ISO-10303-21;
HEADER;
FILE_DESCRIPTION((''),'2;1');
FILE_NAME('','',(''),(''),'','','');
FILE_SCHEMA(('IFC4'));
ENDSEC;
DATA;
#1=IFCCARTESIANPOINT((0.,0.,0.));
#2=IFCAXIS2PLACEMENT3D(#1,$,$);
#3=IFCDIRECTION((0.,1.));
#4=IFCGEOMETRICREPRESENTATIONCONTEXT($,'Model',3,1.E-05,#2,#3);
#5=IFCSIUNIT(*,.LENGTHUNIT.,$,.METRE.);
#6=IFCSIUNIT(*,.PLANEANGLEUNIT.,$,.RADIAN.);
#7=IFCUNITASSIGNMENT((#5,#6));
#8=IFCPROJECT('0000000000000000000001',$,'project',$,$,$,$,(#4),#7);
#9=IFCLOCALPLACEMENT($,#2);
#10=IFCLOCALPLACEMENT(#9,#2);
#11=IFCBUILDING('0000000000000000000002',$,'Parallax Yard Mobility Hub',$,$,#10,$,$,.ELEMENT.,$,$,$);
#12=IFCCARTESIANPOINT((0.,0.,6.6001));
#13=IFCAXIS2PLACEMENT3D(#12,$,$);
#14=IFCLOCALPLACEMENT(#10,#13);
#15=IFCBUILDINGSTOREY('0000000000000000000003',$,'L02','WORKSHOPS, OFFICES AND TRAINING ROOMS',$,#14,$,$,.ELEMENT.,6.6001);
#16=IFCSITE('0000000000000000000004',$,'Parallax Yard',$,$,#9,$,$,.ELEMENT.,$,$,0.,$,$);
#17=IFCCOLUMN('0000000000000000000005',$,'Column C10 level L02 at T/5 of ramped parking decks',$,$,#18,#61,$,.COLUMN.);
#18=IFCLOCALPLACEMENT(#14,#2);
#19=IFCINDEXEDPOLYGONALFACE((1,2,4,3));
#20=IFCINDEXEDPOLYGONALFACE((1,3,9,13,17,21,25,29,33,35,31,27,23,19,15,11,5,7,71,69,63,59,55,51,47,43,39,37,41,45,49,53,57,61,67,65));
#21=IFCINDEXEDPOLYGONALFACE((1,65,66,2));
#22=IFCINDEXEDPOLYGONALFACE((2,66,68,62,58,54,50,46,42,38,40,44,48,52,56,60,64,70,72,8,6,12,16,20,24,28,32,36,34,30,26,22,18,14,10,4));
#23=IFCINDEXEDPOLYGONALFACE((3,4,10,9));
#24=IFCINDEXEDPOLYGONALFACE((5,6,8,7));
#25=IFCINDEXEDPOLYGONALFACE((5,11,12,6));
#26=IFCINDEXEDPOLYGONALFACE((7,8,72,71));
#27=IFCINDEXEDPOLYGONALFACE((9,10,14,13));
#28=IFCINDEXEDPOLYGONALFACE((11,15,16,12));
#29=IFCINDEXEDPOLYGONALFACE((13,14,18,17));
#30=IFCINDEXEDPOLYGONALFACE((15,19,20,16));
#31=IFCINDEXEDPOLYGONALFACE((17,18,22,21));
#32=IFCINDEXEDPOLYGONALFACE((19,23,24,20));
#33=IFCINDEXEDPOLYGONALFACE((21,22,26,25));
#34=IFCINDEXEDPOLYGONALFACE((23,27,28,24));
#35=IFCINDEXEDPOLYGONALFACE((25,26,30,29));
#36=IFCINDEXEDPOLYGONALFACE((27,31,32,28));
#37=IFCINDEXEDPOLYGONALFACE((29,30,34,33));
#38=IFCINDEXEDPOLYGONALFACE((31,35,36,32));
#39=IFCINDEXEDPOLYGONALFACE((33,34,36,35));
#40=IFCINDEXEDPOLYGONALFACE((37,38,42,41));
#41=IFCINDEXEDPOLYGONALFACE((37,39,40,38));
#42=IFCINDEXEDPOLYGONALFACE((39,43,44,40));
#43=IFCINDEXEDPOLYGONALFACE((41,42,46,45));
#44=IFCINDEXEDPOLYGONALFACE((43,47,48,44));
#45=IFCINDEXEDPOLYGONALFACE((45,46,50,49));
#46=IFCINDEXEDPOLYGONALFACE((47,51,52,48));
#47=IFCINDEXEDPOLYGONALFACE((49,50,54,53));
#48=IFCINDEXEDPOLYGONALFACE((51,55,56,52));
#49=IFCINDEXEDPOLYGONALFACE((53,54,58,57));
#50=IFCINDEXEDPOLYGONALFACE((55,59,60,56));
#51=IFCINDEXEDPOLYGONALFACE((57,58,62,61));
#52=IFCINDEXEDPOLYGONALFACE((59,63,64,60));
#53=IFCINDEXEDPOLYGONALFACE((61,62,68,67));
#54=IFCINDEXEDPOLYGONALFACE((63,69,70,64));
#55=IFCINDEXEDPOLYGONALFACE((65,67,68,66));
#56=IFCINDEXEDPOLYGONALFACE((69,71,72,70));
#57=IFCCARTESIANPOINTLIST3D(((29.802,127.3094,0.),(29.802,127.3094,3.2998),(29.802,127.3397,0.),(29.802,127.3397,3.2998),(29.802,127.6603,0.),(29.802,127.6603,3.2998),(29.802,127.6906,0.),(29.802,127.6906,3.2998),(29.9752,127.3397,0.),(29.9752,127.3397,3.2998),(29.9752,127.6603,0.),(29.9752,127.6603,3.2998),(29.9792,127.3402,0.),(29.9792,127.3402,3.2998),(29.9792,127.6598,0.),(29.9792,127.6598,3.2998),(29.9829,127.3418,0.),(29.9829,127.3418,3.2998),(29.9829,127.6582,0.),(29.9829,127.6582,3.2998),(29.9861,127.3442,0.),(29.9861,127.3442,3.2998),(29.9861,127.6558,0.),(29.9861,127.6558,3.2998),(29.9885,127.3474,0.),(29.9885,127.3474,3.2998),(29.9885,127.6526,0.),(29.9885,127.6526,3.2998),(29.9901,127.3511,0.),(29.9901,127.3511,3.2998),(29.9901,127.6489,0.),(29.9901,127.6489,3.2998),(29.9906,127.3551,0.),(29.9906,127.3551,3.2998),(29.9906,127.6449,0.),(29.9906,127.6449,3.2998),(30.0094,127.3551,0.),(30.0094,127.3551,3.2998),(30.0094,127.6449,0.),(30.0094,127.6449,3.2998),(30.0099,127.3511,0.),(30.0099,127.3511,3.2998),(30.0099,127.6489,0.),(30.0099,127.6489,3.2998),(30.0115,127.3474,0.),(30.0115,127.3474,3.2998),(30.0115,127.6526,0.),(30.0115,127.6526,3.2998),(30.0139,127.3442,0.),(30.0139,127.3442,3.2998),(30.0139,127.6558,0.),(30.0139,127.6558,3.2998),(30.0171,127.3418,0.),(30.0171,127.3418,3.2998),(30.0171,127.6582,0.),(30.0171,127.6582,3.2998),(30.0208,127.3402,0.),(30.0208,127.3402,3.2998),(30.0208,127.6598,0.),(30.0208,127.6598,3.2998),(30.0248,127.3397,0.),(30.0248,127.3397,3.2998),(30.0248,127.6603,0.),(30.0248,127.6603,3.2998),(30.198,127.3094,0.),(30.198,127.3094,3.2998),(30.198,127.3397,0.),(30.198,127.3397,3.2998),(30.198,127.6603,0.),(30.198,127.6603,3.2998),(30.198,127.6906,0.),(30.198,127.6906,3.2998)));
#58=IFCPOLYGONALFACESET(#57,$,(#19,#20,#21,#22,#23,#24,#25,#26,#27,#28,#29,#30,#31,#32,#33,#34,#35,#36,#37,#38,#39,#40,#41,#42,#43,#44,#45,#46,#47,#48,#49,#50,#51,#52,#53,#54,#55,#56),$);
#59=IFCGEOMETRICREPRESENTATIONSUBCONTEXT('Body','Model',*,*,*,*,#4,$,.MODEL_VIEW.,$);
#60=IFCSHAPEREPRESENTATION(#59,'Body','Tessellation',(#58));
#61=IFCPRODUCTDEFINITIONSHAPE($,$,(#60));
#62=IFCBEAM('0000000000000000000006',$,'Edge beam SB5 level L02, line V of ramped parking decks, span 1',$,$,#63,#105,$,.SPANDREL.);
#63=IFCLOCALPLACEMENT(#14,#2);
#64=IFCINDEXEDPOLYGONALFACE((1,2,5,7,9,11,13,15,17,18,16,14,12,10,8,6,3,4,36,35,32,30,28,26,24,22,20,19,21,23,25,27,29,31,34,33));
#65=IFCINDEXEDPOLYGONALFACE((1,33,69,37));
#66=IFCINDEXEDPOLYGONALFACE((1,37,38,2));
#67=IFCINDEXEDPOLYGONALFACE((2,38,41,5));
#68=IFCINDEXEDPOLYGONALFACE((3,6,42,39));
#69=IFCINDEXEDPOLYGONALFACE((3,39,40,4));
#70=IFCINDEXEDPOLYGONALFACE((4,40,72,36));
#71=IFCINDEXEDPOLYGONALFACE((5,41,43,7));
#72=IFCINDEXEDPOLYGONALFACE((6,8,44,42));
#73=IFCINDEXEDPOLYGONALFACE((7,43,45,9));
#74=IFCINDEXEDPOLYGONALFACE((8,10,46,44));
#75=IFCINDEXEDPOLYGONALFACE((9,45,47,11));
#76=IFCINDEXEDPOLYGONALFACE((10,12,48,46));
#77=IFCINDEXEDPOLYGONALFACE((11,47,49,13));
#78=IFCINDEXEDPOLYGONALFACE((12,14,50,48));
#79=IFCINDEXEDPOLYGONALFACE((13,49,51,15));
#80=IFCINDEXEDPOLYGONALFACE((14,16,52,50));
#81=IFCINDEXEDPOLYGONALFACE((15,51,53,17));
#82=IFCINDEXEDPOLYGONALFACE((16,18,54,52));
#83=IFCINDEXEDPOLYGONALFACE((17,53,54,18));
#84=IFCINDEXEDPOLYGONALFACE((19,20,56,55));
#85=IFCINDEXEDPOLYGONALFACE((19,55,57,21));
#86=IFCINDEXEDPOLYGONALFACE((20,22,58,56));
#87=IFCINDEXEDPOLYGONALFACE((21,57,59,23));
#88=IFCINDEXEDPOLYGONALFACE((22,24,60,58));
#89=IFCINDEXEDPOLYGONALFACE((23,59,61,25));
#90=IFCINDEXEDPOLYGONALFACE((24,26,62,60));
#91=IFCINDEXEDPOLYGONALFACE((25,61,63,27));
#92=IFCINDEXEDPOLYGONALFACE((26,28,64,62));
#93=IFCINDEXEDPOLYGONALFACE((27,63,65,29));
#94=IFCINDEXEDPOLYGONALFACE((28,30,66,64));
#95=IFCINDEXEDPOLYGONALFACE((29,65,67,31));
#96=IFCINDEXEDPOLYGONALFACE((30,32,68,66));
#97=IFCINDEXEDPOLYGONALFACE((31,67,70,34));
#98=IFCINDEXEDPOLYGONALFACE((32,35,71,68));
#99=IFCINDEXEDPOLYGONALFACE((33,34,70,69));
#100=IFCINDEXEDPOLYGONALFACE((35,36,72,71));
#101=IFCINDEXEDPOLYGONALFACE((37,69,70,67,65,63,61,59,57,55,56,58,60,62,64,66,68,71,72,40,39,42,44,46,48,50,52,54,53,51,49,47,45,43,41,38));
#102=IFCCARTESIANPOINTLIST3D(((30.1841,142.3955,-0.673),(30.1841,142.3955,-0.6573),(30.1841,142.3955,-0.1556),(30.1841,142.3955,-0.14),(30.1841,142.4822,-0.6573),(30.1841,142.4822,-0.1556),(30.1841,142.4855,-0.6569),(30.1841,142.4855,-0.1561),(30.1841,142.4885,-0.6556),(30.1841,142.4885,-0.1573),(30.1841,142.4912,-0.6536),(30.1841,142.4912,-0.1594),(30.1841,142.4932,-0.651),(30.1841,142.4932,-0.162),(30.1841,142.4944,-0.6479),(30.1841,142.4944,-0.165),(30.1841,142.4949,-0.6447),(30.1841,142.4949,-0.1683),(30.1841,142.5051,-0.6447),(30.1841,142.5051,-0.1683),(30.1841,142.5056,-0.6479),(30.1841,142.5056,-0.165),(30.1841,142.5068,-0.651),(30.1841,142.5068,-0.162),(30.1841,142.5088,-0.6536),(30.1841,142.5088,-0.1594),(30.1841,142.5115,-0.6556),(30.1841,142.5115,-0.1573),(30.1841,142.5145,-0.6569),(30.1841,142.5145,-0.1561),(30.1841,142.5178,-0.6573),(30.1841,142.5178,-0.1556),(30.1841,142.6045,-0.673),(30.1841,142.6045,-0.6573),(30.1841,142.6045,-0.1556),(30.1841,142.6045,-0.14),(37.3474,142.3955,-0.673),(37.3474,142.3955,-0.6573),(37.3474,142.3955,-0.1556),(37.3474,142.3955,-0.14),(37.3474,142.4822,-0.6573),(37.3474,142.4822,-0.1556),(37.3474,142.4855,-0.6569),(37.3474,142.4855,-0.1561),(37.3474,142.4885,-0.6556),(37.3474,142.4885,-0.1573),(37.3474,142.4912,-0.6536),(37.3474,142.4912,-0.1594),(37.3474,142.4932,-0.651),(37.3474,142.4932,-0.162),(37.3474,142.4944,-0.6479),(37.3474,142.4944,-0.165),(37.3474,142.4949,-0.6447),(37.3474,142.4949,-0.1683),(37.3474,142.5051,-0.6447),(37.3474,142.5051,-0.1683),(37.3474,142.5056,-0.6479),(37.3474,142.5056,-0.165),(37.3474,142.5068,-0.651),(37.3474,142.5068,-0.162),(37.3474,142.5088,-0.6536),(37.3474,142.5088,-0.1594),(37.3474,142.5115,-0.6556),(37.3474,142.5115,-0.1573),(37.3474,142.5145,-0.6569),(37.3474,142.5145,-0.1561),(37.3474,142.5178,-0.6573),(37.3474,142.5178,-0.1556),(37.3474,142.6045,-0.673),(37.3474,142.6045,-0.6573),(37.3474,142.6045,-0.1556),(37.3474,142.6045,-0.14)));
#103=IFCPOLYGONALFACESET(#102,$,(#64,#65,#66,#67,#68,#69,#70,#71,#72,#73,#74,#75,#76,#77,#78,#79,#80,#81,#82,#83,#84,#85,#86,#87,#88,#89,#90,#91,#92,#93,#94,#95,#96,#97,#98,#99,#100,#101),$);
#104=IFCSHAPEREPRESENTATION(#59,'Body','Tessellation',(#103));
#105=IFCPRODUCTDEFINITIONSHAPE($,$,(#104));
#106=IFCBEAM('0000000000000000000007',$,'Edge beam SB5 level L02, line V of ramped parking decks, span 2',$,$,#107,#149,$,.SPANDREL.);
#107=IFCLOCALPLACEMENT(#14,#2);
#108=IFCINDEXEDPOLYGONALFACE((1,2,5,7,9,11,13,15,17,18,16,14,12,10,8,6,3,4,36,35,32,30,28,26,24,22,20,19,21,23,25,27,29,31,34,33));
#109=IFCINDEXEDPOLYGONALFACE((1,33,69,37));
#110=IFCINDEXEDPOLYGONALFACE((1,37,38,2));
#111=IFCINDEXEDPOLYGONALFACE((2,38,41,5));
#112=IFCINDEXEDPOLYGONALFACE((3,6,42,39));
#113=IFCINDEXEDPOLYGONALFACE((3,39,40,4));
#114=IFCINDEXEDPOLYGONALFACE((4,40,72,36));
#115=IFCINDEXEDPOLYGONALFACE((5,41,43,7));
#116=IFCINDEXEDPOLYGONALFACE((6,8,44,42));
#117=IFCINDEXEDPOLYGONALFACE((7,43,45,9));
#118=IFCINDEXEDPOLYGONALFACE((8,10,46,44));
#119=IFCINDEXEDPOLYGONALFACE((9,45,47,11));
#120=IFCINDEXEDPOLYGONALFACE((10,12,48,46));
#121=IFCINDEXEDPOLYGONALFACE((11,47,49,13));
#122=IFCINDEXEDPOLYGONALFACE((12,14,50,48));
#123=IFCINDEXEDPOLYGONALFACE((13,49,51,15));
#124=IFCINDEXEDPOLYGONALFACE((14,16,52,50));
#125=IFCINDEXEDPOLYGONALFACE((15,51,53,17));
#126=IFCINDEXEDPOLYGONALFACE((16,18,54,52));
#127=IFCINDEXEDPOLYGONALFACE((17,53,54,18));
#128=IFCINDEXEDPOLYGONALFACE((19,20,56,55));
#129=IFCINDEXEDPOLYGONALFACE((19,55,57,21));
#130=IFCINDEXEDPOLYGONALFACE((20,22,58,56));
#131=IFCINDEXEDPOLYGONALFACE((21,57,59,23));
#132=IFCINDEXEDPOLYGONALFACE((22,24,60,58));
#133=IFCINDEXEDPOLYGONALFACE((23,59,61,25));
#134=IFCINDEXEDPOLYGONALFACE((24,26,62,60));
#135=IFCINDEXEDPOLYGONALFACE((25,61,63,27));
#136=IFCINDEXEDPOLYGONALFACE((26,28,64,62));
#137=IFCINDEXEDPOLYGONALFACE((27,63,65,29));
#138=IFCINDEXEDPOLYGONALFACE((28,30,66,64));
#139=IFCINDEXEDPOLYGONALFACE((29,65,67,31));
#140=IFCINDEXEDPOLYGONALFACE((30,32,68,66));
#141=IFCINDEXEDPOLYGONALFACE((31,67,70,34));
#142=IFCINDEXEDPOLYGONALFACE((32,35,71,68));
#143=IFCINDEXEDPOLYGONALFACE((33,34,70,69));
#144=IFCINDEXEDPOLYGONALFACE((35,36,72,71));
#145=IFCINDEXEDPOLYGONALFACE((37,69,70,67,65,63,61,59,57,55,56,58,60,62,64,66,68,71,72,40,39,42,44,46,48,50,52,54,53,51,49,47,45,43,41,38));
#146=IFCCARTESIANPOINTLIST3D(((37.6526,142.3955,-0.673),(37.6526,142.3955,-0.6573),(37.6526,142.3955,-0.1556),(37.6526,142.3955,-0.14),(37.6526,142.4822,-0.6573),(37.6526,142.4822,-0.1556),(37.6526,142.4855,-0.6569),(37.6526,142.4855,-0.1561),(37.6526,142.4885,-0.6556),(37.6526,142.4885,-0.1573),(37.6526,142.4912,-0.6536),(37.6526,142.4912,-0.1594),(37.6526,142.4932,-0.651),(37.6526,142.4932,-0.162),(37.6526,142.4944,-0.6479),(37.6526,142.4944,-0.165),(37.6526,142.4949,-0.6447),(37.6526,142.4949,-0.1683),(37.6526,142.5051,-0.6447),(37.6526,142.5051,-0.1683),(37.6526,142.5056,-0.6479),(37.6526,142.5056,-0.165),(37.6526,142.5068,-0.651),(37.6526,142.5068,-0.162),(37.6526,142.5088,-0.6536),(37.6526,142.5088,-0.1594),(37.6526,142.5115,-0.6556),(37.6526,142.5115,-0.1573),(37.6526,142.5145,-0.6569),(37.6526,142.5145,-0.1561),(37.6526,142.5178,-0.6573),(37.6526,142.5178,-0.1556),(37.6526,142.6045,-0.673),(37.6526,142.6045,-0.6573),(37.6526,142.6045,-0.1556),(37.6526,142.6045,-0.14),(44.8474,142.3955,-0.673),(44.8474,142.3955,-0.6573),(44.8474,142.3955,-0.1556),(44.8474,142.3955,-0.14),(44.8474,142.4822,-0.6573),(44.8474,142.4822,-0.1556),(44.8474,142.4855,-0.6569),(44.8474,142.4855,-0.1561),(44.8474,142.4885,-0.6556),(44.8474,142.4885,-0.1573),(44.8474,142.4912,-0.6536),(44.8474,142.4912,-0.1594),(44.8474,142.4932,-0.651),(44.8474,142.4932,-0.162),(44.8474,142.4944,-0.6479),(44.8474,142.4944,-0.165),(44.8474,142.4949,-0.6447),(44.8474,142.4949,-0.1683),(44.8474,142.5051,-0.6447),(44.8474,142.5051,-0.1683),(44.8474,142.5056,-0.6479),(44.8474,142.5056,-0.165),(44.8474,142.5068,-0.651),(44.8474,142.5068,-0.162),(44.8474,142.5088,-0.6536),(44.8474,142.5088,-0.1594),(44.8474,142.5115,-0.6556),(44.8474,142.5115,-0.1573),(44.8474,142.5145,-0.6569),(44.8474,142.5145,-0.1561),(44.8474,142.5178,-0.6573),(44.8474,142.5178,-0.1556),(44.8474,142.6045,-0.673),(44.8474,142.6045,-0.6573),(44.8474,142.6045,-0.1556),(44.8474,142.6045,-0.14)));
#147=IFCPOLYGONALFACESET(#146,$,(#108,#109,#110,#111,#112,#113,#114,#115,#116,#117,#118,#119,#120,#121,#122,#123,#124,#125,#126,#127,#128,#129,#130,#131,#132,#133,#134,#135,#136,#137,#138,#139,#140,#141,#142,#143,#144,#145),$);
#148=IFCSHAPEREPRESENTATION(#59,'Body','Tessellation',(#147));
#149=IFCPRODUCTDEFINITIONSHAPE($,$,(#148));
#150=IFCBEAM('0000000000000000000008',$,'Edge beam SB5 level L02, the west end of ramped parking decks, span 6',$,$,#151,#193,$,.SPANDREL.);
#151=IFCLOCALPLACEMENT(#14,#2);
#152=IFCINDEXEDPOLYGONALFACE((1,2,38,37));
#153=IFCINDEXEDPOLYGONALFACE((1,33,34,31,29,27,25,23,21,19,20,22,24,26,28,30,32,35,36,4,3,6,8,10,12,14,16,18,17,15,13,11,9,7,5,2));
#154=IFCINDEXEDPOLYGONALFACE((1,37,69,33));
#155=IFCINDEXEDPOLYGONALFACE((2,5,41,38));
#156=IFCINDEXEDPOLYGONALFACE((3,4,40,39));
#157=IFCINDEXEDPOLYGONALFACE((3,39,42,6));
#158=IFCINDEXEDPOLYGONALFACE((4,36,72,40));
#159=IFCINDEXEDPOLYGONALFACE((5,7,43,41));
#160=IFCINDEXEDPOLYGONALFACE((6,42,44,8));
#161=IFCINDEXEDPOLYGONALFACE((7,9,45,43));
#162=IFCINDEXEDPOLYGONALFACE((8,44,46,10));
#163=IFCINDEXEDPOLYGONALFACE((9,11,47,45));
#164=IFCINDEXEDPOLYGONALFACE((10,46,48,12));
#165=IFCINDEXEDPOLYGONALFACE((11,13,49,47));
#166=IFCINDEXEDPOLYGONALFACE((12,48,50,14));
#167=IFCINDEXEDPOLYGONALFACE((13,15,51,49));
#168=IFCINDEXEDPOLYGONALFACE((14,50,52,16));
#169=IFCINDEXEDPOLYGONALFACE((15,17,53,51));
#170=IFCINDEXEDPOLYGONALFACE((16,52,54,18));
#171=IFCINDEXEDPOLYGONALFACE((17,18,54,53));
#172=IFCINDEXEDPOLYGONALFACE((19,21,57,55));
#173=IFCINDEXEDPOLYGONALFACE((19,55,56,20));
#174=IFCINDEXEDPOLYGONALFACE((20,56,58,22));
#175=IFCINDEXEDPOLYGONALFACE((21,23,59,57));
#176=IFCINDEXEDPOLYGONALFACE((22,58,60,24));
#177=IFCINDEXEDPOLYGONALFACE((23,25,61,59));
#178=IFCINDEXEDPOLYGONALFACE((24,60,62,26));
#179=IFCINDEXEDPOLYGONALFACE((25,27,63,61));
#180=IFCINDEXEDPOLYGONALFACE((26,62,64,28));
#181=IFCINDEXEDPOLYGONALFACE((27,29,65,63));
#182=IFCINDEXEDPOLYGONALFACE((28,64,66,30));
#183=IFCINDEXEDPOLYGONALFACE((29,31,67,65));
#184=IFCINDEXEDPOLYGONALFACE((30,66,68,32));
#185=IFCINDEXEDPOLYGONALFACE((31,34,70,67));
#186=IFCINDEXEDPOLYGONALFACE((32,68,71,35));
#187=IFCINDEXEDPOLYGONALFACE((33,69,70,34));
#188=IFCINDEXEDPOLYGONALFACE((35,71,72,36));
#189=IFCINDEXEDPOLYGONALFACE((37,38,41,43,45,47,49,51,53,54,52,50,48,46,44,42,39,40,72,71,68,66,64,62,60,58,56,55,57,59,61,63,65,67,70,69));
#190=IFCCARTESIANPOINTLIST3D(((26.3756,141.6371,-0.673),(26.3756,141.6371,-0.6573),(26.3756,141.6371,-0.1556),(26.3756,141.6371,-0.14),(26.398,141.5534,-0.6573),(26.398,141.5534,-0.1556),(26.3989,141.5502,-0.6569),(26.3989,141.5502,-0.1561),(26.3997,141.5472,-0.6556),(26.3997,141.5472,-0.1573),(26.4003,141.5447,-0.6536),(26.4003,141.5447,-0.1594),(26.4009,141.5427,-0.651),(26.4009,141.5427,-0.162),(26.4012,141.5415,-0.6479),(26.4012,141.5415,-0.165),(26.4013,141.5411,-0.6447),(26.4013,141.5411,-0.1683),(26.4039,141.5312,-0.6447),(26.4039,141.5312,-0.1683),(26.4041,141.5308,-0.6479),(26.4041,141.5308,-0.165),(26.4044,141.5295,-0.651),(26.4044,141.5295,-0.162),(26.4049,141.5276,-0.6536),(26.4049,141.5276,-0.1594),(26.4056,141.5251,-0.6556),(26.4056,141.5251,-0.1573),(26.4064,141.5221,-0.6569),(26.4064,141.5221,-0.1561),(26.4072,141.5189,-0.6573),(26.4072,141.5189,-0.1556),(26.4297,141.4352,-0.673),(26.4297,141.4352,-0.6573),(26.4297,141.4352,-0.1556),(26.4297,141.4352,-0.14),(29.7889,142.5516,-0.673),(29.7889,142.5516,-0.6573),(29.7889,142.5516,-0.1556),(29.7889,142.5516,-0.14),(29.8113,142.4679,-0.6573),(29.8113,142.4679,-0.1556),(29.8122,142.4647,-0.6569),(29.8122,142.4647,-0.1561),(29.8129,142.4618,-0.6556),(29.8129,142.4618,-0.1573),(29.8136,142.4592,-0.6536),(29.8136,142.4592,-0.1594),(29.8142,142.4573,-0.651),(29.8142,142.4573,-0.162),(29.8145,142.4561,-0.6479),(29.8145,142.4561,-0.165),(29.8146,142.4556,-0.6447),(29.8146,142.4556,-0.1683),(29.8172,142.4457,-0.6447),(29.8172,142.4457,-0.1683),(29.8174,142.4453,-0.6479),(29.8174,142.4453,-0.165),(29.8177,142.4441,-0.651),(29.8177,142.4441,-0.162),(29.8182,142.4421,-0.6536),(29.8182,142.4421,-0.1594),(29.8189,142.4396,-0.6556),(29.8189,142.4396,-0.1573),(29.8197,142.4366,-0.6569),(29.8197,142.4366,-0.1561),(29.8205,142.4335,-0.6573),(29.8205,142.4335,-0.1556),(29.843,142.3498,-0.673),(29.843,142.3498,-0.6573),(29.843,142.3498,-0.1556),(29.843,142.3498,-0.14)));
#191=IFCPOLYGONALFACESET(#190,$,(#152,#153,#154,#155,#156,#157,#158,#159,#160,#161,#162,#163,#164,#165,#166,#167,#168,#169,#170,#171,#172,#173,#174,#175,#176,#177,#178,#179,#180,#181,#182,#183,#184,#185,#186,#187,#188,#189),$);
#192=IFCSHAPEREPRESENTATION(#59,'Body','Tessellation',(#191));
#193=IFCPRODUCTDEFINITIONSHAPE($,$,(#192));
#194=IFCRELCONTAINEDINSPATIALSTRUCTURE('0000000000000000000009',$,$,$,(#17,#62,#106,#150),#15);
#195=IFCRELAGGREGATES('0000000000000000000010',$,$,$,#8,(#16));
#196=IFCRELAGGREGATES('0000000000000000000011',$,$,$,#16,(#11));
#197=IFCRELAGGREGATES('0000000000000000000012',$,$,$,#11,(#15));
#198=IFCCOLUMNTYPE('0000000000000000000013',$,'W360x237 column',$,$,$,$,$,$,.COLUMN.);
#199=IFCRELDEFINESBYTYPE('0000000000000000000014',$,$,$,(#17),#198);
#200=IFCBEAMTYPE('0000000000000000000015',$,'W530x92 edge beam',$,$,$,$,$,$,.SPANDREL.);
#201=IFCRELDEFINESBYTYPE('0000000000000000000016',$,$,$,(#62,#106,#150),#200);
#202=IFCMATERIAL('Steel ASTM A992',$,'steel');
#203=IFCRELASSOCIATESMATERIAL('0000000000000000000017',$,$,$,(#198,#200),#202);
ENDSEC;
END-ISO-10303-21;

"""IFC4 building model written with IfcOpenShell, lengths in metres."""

from ifc_helpers import new_model, si_unit, direction, frame, origin, origin_2d, place, context, subcontext, project, spatial, i_section, extrude, material, material_profile, profile_set, type_object, element, save


model = new_model("IFC4")

# Units and contexts
model_context = context("Model", 3, precision=1e-05, world=origin(), true_north=direction((0.0, 1.0)))
body_context = subcontext(model_context, "Body", "Model", "MODEL_VIEW")
ifc_project = project(units=[si_unit("LENGTHUNIT", "METRE"), si_unit("PLANEANGLEUNIT", "RADIAN")], contexts=[model_context])

# Site, building, storey
site_placement = place(None, origin())
site = spatial("IfcSite", under=ifc_project, at=site_placement, Name="Parallax Yard", CompositionType="ELEMENT", RefElevation=0.0)
building_placement = place(site_placement, origin())
building = spatial("IfcBuilding", under=site, at=building_placement, Name="Parallax Yard Mobility Hub", CompositionType="ELEMENT")
storey_placement = place(building_placement, frame((0.0, 0.0, 6.6001)))
storey = spatial("IfcBuildingStorey", under=building, at=storey_placement, Name="L02", Description="WORKSHOPS, OFFICES AND TRAINING ROOMS", CompositionType="ELEMENT", Elevation=6.6001)

# Column
ifc_material_1 = material(Name="Steel ASTM A992", Category="steel")
ifc_material_profile_1 = material_profile(ifc_material_1, i_section(OverallWidth=0.396, OverallDepth=0.3811, WebThickness=0.0188, FlangeThickness=0.0303, FilletRadius=0.0154, at=origin_2d()), Name="W360x237")
ifc_profile_set_1 = profile_set([ifc_material_profile_1], Name="Steel ASTM A992")
column_type_1 = type_object("IfcColumnType", Name="W360x237 column", PredefinedType="COLUMN", material=ifc_profile_set_1)
column_1_placement = place(storey_placement, frame((30.0, 127.5, 0.0), z_axis=(0.0, 0.0, 1.0), x_axis=(1.0, 0.0, 0.0)))
element("IfcColumn", 1, at=column_1_placement, inside=storey, type_object=column_type_1, Name="Column C10 level L02 at T/5 of ramped parking decks", PredefinedType="COLUMN", context=body_context, shape_type="SweptSolid", body=[
    extrude(i_section(OverallWidth=0.396, OverallDepth=0.3811, WebThickness=0.0188, FlangeThickness=0.0303, FilletRadius=0.0154, at=origin_2d()), origin(), (0.0, 0.0, 1.0), 3.2998),
])

# Beams
ifc_material_profile_2 = material_profile(ifc_material_1, i_section(OverallWidth=0.209, OverallDepth=0.533, WebThickness=0.0103, FlangeThickness=0.0156, FilletRadius=0.0127, at=origin_2d()), Name="W530x92")
ifc_profile_set_2 = profile_set([ifc_material_profile_2], Name="Steel ASTM A992")
beam_type_1 = type_object("IfcBeamType", Name="W530x92 edge beam", PredefinedType="SPANDREL", material=ifc_profile_set_2)
beam_1_placement = place(storey_placement, frame((30.1841, 142.5, -0.4065), z_axis=(1.0, 0.0, 0.0), x_axis=(0.0, 1.0, 0.0)))
element("IfcBeam", 2, at=beam_1_placement, inside=storey, type_object=beam_type_1, Name="Edge beam SB5 level L02, line V of ramped parking decks, span 1", PredefinedType="SPANDREL", context=body_context, shape_type="SweptSolid", body=[
    extrude(i_section(OverallWidth=0.209, OverallDepth=0.533, WebThickness=0.0103, FlangeThickness=0.0156, FilletRadius=0.0127, at=origin_2d()), origin(), (0.0, 0.0, 1.0), 7.1633),
])
beam_2_placement = place(storey_placement, frame((37.6526, 142.5, -0.4065), z_axis=(1.0, 0.0, 0.0), x_axis=(0.0, 1.0, 0.0)))
element("IfcBeam", 3, at=beam_2_placement, inside=storey, type_object=beam_type_1, Name="Edge beam SB5 level L02, line V of ramped parking decks, span 2", PredefinedType="SPANDREL", context=body_context, shape_type="SweptSolid", body=[
    extrude(i_section(OverallWidth=0.209, OverallDepth=0.533, WebThickness=0.0103, FlangeThickness=0.0156, FilletRadius=0.0127, at=origin_2d()), origin(), (0.0, 0.0, 1.0), 7.1948),
])
beam_3_placement = place(storey_placement, frame((29.8159, 142.4507, -0.4065), z_axis=(-0.965929, -0.258806, 0.0), x_axis=(0.258806, -0.965929, 0.0)))
element("IfcBeam", 4, at=beam_3_placement, inside=storey, type_object=beam_type_1, Name="Edge beam SB5 level L02, the west end of ramped parking decks, span 6", PredefinedType="SPANDREL", context=body_context, shape_type="SweptSolid", body=[
    extrude(i_section(OverallWidth=0.209, OverallDepth=0.533, WebThickness=0.0103, FlangeThickness=0.0156, FilletRadius=0.0127, at=origin_2d()), origin(), (0.0, 0.0, 1.0), 3.5337),
])

save(model, "model.ifc")
